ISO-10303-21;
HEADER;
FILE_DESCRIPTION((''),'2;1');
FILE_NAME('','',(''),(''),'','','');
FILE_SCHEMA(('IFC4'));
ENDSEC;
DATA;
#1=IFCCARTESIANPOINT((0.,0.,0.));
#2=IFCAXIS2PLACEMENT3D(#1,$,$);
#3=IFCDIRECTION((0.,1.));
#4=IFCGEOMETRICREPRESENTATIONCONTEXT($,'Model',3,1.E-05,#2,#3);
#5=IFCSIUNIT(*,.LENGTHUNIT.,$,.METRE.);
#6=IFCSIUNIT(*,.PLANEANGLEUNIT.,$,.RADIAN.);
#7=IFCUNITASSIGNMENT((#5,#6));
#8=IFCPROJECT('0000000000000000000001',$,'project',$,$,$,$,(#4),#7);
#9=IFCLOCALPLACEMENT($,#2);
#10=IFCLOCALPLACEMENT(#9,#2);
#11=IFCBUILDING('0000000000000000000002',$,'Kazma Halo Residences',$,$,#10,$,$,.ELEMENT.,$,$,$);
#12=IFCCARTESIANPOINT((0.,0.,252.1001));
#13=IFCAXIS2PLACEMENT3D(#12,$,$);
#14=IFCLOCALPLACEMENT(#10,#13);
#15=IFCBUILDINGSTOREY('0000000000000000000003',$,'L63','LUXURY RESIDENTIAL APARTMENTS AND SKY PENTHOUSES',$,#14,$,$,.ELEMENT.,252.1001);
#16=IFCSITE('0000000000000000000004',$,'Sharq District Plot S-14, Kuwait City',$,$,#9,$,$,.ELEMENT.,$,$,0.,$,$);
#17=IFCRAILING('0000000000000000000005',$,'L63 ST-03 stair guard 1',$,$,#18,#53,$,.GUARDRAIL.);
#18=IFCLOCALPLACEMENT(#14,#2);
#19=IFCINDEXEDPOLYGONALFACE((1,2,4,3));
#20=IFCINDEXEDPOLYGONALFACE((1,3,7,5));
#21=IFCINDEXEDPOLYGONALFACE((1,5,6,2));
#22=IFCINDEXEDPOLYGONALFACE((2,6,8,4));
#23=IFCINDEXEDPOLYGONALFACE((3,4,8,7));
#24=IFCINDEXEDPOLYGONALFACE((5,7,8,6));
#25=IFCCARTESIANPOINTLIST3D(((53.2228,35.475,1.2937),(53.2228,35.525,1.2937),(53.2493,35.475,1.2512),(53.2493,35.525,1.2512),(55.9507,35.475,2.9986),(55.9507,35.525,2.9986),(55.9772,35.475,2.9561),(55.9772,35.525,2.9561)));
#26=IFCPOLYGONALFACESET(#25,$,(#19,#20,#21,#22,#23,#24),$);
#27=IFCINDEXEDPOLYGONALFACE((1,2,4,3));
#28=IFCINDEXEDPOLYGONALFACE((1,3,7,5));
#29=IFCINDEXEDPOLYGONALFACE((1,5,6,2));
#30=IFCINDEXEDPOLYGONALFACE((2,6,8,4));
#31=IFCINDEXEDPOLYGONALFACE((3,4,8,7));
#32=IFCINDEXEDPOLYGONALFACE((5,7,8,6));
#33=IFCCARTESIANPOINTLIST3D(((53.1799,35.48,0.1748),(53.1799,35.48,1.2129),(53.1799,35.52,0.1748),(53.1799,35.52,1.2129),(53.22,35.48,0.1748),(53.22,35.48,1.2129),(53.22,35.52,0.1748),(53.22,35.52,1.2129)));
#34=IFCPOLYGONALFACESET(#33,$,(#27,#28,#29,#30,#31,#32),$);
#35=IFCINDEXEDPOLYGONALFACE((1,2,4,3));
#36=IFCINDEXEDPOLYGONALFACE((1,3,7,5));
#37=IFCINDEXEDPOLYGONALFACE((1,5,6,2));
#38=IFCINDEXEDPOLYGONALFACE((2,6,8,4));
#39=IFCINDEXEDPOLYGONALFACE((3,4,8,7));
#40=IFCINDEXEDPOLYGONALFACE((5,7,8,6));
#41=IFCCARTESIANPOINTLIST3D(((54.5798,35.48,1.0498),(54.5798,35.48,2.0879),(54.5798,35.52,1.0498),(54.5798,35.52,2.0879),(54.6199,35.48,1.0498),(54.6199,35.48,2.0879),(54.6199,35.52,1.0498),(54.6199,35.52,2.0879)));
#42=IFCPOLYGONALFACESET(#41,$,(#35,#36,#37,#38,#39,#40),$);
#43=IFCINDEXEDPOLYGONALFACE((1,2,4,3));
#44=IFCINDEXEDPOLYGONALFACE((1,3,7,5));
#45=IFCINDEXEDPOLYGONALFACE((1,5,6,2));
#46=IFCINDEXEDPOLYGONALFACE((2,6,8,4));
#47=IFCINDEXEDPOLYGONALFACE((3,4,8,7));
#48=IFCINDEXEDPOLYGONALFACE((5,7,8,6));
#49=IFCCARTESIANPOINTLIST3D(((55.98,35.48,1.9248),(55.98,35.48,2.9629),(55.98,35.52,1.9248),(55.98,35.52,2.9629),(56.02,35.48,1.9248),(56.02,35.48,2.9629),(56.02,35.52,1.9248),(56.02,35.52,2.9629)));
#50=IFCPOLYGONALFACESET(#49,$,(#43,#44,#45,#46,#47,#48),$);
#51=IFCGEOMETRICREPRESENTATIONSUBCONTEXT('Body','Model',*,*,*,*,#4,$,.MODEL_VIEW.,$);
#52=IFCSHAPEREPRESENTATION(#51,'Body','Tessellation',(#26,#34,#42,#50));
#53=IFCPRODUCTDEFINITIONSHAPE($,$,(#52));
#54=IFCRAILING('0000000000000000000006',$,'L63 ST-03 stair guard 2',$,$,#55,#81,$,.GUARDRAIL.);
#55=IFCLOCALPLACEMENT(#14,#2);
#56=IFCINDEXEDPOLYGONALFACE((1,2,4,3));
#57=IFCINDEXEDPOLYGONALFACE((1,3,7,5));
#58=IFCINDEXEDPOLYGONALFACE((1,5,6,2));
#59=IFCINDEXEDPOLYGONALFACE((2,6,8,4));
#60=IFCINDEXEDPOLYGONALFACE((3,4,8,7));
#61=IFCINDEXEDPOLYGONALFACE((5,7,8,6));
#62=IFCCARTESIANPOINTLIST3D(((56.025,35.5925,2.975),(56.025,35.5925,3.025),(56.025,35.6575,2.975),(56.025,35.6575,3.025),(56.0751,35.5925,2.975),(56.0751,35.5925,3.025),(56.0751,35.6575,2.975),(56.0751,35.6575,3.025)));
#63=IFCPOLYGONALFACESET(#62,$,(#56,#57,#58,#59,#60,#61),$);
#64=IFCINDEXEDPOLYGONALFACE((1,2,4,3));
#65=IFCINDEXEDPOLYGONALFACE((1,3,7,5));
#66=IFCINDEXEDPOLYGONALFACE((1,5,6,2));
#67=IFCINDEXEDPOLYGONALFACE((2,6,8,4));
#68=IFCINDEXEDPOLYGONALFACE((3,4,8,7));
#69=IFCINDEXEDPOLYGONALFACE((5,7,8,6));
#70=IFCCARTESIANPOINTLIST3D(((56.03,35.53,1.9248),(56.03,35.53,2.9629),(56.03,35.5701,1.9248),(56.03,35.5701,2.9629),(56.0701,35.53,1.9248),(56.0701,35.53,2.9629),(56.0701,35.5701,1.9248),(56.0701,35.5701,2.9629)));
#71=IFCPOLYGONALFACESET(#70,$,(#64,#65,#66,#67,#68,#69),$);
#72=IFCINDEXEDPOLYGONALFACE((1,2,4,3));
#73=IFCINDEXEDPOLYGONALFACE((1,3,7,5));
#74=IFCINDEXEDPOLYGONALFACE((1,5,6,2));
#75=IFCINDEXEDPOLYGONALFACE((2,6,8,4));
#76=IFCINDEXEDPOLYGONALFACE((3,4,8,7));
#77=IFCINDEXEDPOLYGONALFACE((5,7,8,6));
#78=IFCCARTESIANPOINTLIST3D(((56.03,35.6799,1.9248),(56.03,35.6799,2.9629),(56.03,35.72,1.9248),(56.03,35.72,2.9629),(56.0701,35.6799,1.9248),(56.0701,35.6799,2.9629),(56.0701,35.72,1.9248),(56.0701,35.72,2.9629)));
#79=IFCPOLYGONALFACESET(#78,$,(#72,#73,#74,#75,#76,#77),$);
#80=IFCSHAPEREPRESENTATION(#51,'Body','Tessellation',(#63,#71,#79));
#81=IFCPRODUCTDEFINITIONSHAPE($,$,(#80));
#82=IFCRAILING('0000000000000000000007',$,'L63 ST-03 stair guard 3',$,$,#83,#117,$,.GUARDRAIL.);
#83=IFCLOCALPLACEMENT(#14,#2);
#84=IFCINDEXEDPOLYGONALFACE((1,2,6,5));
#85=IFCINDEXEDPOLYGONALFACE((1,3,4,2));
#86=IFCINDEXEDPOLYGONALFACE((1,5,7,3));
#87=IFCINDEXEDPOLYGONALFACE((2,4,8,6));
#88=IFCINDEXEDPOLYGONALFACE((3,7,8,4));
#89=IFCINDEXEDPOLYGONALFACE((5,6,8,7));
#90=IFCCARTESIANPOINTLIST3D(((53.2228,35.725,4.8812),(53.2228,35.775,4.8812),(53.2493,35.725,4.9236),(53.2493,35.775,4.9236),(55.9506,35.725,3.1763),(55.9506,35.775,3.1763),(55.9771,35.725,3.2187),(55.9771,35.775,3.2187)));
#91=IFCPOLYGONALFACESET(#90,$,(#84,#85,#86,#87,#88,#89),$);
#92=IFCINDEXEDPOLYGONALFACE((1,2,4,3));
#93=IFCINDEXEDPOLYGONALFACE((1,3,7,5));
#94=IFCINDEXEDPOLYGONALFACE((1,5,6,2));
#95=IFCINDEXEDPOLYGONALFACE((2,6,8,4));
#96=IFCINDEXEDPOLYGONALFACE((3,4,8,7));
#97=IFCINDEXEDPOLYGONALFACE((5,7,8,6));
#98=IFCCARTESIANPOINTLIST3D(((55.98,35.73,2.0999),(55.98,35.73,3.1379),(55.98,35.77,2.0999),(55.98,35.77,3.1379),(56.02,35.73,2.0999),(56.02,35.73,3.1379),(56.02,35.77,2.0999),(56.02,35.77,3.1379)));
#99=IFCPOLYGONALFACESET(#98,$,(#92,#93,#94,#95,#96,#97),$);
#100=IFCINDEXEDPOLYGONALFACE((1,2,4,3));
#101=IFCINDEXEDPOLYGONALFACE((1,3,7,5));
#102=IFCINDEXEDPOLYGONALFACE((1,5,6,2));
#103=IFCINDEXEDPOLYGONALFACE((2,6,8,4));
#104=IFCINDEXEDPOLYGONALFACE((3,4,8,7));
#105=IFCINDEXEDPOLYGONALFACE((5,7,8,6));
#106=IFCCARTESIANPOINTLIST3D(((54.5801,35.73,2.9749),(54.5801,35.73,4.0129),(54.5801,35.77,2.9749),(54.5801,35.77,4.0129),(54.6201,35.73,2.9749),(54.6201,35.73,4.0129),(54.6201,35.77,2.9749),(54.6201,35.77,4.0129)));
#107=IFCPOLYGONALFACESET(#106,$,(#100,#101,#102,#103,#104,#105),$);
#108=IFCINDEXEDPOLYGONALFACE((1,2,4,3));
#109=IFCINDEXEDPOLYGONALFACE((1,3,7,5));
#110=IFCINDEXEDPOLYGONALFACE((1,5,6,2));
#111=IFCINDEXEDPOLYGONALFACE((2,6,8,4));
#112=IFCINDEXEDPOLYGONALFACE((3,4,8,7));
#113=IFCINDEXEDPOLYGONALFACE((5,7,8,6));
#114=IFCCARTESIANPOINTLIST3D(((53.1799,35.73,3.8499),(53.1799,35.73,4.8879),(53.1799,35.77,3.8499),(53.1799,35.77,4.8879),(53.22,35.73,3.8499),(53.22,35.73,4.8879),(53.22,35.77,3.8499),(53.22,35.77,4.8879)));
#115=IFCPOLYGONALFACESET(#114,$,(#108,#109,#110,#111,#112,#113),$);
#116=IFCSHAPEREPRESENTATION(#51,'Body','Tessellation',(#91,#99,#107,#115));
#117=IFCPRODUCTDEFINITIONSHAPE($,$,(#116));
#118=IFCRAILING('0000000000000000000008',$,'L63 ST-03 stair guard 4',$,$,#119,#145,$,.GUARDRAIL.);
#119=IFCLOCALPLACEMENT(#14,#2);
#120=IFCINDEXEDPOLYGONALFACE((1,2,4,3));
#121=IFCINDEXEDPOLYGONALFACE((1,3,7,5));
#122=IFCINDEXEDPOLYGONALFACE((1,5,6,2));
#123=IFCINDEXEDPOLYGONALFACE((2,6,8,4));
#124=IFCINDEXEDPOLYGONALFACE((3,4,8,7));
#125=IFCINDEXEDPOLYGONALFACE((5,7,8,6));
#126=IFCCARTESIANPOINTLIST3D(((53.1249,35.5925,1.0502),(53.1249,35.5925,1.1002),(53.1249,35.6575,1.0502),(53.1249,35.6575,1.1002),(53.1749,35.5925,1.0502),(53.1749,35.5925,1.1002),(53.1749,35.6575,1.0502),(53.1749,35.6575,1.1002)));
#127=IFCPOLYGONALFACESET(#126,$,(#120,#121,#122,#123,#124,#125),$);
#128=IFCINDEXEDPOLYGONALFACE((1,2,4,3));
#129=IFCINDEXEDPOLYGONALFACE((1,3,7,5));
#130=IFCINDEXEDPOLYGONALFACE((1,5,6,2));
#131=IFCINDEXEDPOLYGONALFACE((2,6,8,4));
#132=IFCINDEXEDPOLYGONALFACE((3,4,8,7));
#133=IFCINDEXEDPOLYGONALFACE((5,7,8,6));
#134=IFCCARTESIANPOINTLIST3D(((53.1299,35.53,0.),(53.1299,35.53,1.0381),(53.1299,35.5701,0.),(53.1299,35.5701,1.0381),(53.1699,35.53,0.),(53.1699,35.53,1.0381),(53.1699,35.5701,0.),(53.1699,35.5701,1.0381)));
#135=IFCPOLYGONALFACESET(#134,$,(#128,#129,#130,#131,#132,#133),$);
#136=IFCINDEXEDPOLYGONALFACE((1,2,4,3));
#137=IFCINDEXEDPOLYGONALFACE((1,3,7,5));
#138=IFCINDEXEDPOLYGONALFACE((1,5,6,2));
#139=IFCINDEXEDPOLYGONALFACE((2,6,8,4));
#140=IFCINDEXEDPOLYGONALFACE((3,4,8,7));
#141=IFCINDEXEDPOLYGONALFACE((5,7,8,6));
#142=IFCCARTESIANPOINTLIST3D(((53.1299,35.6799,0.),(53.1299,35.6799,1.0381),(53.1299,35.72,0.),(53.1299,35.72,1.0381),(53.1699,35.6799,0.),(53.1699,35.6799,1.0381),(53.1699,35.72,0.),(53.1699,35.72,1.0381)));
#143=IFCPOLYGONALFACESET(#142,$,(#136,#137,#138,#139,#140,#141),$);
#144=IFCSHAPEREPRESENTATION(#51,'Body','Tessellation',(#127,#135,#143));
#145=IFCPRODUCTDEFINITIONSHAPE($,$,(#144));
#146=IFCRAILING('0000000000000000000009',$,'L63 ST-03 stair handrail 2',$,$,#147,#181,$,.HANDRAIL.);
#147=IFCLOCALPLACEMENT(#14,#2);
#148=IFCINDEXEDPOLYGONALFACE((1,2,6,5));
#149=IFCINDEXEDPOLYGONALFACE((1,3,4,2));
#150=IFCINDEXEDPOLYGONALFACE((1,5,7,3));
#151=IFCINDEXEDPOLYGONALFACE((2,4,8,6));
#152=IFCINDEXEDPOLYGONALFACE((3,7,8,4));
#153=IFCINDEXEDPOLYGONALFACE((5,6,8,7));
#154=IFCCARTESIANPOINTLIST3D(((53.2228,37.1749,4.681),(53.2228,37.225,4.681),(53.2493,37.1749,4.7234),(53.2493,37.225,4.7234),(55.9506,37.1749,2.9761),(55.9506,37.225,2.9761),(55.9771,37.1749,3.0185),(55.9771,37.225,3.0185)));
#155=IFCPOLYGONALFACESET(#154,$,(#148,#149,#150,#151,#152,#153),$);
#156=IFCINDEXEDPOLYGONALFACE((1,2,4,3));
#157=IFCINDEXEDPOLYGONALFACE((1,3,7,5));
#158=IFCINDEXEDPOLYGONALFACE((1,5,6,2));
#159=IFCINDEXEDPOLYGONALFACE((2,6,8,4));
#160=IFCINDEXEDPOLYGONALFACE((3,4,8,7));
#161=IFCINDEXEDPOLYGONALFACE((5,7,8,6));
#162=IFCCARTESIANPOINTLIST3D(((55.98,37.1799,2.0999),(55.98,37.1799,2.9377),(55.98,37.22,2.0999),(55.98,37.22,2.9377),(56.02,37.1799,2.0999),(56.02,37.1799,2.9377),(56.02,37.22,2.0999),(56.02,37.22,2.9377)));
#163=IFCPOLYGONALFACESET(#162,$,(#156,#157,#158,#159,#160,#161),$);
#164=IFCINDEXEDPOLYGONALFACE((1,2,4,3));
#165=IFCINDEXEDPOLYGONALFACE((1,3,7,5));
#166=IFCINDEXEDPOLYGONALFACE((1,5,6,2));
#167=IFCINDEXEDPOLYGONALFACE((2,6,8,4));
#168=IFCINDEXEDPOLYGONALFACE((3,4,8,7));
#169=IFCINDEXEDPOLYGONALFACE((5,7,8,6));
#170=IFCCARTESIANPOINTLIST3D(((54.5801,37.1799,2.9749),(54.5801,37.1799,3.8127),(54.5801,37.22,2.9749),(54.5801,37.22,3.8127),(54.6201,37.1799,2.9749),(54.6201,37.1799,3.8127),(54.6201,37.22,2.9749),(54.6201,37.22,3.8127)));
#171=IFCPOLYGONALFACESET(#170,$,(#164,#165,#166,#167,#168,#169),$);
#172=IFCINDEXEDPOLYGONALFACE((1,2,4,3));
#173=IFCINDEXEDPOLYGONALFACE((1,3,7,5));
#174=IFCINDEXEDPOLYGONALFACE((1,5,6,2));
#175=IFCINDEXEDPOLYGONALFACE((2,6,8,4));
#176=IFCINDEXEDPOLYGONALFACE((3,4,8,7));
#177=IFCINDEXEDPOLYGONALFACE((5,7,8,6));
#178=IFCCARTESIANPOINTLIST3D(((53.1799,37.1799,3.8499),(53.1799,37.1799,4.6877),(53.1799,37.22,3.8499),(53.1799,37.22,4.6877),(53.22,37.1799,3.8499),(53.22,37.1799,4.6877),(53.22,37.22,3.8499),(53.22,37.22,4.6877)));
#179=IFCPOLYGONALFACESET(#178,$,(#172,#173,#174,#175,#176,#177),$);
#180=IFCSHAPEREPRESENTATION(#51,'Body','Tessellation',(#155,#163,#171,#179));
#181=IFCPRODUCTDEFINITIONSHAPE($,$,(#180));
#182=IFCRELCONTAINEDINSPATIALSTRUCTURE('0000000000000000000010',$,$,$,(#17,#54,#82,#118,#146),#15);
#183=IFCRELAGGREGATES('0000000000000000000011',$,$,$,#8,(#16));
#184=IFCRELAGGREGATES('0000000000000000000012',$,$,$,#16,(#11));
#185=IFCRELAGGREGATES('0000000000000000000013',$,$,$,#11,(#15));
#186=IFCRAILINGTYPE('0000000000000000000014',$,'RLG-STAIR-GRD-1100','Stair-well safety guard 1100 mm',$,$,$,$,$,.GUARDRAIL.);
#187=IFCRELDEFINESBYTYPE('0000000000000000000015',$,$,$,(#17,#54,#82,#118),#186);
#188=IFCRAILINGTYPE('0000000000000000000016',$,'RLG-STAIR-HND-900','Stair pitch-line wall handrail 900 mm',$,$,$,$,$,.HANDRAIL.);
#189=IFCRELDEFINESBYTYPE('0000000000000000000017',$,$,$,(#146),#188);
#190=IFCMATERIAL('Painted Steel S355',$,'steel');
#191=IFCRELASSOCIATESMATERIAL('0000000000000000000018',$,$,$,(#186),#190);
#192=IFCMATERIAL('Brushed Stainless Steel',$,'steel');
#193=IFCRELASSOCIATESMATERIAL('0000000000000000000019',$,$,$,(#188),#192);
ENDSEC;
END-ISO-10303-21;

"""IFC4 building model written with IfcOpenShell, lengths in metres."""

from ifc_helpers import new_model, si_unit, direction, frame, origin, origin_2d, place, context, subcontext, project, spatial, rectangle, extrude, material, type_object, element, save


model = new_model("IFC4")

# Units and contexts
model_context = context("Model", 3, precision=1e-05, world=origin(), true_north=direction((0.0, 1.0)))
body_context = subcontext(model_context, "Body", "Model", "MODEL_VIEW")
ifc_project = project(units=[si_unit("LENGTHUNIT", "METRE"), si_unit("PLANEANGLEUNIT", "RADIAN")], contexts=[model_context])

# Site, building, storey
site_placement = place(None, origin())
site = spatial("IfcSite", under=ifc_project, at=site_placement, Name="Sharq District Plot S-14, Kuwait City", CompositionType="ELEMENT", RefElevation=0.0)
building_placement = place(site_placement, origin())
building = spatial("IfcBuilding", under=site, at=building_placement, Name="Kazma Halo Residences", CompositionType="ELEMENT")
storey_placement = place(building_placement, frame((0.0, 0.0, 252.1001)))
storey = spatial("IfcBuildingStorey", under=building, at=storey_placement, Name="L63", Description="LUXURY RESIDENTIAL APARTMENTS AND SKY PENTHOUSES", CompositionType="ELEMENT", Elevation=252.1001)

# Railings
ifc_material_1 = material(Name="Painted Steel S355", Category="steel")
railing_type_1 = type_object("IfcRailingType", Name="RLG-STAIR-GRD-1100", Description="Stair-well safety guard 1100 mm", PredefinedType="GUARDRAIL", material=ifc_material_1)
railing_1_placement = place(storey_placement, frame((53.2, 35.5, 0.1748)))
element("IfcRailing", 1, at=railing_1_placement, inside=storey, type_object=railing_type_1, Name="L63 ST-03 stair guard 1", PredefinedType="GUARDRAIL", context=body_context, shape_type="SweptSolid", body=[
    extrude(rectangle(XDim=0.05, YDim=0.05, at=origin_2d()), frame((0.0361, 0.0, 1.0977), z_axis=(0.848002, 0.0, 0.529992), x_axis=(0.0, 1.0, 0.0)), (0.0, 0.0, 1.0), 3.2168),
    extrude(rectangle(XDim=0.04, YDim=0.04, at=origin_2d()), origin(), (0.0, 0.0, 1.0), 1.0381),
    extrude(rectangle(XDim=0.04, YDim=0.04, at=origin_2d()), frame((1.3999, 0.0, 0.875)), (0.0, 0.0, 1.0), 1.0381),
    extrude(rectangle(XDim=0.04, YDim=0.04, at=origin_2d()), frame((2.8, 0.0, 1.75)), (0.0, 0.0, 1.0), 1.0381),
])
railing_2_placement = place(storey_placement, frame((56.05, 35.55, 1.9248)))
element("IfcRailing", 2, at=railing_2_placement, inside=storey, type_object=railing_type_1, Name="L63 ST-03 stair guard 2", PredefinedType="GUARDRAIL", context=body_context, shape_type="SweptSolid", body=[
    extrude(rectangle(XDim=0.05, YDim=0.05, at=origin_2d()), frame((0.0, 0.0425, 1.0752), z_axis=(0.0, 1.0, 0.0), x_axis=(-1.0, 0.0, 0.0)), (0.0, 0.0, 1.0), 0.0649),
    extrude(rectangle(XDim=0.04, YDim=0.04, at=origin_2d()), origin(), (0.0, 0.0, 1.0), 1.0381),
    extrude(rectangle(XDim=0.04, YDim=0.04, at=origin_2d()), frame((0.0, 0.1499, 0.0)), (0.0, 0.0, 1.0), 1.0381),
])
railing_3_placement = place(storey_placement, frame((56.0, 35.75, 2.0999)))
element("IfcRailing", 3, at=railing_3_placement, inside=storey, type_object=railing_type_1, Name="L63 ST-03 stair guard 3", PredefinedType="GUARDRAIL", context=body_context, shape_type="SweptSolid", body=[
    extrude(rectangle(XDim=0.05, YDim=0.05, at=origin_2d()), frame((-0.0361, 0.0, 1.0977), z_axis=(-0.848002, 0.0, 0.529992), x_axis=(0.0, -1.0, 0.0)), (0.0, 0.0, 1.0), 3.2168),
    extrude(rectangle(XDim=0.04, YDim=0.04, at=origin_2d()), origin(), (0.0, 0.0, 1.0), 1.0381),
    extrude(rectangle(XDim=0.04, YDim=0.04, at=origin_2d()), frame((-1.3999, 0.0, 0.875)), (0.0, 0.0, 1.0), 1.0381),
    extrude(rectangle(XDim=0.04, YDim=0.04, at=origin_2d()), frame((-2.8, 0.0, 1.75)), (0.0, 0.0, 1.0), 1.0381),
])
railing_4_placement = place(storey_placement, frame((53.1499, 35.55, 0.0)))
element("IfcRailing", 4, at=railing_4_placement, inside=storey, type_object=railing_type_1, Name="L63 ST-03 stair guard 4", PredefinedType="GUARDRAIL", context=body_context, shape_type="SweptSolid", body=[
    extrude(rectangle(XDim=0.05, YDim=0.05, at=origin_2d()), frame((0.0, 0.0425, 1.0752), z_axis=(0.0, 1.0, 0.0), x_axis=(-1.0, 0.0, 0.0)), (0.0, 0.0, 1.0), 0.0649),
    extrude(rectangle(XDim=0.04, YDim=0.04, at=origin_2d()), origin(), (0.0, 0.0, 1.0), 1.0381),
    extrude(rectangle(XDim=0.04, YDim=0.04, at=origin_2d()), frame((0.0, 0.1499, 0.0)), (0.0, 0.0, 1.0), 1.0381),
])
ifc_material_2 = material(Name="Brushed Stainless Steel", Category="steel")
railing_type_2 = type_object("IfcRailingType", Name="RLG-STAIR-HND-900", Description="Stair pitch-line wall handrail 900 mm", PredefinedType="HANDRAIL", material=ifc_material_2)
railing_5_placement = place(storey_placement, frame((56.0, 37.2, 2.0999)))
element("IfcRailing", 5, at=railing_5_placement, inside=storey, type_object=railing_type_2, Name="L63 ST-03 stair handrail 2", PredefinedType="HANDRAIL", context=body_context, shape_type="SweptSolid", body=[
    extrude(rectangle(XDim=0.05, YDim=0.05, at=origin_2d()), frame((-0.0361, 0.0, 0.8975), z_axis=(-0.848002, 0.0, 0.529992), x_axis=(0.0, -1.0, 0.0)), (0.0, 0.0, 1.0), 3.2168),
    extrude(rectangle(XDim=0.04, YDim=0.04, at=origin_2d()), origin(), (0.0, 0.0, 1.0), 0.8379),
    extrude(rectangle(XDim=0.04, YDim=0.04, at=origin_2d()), frame((-1.3999, 0.0, 0.875)), (0.0, 0.0, 1.0), 0.8379),
    extrude(rectangle(XDim=0.04, YDim=0.04, at=origin_2d()), frame((-2.8, 0.0, 1.75)), (0.0, 0.0, 1.0), 0.8379),
])

save(model, "model.ifc")
